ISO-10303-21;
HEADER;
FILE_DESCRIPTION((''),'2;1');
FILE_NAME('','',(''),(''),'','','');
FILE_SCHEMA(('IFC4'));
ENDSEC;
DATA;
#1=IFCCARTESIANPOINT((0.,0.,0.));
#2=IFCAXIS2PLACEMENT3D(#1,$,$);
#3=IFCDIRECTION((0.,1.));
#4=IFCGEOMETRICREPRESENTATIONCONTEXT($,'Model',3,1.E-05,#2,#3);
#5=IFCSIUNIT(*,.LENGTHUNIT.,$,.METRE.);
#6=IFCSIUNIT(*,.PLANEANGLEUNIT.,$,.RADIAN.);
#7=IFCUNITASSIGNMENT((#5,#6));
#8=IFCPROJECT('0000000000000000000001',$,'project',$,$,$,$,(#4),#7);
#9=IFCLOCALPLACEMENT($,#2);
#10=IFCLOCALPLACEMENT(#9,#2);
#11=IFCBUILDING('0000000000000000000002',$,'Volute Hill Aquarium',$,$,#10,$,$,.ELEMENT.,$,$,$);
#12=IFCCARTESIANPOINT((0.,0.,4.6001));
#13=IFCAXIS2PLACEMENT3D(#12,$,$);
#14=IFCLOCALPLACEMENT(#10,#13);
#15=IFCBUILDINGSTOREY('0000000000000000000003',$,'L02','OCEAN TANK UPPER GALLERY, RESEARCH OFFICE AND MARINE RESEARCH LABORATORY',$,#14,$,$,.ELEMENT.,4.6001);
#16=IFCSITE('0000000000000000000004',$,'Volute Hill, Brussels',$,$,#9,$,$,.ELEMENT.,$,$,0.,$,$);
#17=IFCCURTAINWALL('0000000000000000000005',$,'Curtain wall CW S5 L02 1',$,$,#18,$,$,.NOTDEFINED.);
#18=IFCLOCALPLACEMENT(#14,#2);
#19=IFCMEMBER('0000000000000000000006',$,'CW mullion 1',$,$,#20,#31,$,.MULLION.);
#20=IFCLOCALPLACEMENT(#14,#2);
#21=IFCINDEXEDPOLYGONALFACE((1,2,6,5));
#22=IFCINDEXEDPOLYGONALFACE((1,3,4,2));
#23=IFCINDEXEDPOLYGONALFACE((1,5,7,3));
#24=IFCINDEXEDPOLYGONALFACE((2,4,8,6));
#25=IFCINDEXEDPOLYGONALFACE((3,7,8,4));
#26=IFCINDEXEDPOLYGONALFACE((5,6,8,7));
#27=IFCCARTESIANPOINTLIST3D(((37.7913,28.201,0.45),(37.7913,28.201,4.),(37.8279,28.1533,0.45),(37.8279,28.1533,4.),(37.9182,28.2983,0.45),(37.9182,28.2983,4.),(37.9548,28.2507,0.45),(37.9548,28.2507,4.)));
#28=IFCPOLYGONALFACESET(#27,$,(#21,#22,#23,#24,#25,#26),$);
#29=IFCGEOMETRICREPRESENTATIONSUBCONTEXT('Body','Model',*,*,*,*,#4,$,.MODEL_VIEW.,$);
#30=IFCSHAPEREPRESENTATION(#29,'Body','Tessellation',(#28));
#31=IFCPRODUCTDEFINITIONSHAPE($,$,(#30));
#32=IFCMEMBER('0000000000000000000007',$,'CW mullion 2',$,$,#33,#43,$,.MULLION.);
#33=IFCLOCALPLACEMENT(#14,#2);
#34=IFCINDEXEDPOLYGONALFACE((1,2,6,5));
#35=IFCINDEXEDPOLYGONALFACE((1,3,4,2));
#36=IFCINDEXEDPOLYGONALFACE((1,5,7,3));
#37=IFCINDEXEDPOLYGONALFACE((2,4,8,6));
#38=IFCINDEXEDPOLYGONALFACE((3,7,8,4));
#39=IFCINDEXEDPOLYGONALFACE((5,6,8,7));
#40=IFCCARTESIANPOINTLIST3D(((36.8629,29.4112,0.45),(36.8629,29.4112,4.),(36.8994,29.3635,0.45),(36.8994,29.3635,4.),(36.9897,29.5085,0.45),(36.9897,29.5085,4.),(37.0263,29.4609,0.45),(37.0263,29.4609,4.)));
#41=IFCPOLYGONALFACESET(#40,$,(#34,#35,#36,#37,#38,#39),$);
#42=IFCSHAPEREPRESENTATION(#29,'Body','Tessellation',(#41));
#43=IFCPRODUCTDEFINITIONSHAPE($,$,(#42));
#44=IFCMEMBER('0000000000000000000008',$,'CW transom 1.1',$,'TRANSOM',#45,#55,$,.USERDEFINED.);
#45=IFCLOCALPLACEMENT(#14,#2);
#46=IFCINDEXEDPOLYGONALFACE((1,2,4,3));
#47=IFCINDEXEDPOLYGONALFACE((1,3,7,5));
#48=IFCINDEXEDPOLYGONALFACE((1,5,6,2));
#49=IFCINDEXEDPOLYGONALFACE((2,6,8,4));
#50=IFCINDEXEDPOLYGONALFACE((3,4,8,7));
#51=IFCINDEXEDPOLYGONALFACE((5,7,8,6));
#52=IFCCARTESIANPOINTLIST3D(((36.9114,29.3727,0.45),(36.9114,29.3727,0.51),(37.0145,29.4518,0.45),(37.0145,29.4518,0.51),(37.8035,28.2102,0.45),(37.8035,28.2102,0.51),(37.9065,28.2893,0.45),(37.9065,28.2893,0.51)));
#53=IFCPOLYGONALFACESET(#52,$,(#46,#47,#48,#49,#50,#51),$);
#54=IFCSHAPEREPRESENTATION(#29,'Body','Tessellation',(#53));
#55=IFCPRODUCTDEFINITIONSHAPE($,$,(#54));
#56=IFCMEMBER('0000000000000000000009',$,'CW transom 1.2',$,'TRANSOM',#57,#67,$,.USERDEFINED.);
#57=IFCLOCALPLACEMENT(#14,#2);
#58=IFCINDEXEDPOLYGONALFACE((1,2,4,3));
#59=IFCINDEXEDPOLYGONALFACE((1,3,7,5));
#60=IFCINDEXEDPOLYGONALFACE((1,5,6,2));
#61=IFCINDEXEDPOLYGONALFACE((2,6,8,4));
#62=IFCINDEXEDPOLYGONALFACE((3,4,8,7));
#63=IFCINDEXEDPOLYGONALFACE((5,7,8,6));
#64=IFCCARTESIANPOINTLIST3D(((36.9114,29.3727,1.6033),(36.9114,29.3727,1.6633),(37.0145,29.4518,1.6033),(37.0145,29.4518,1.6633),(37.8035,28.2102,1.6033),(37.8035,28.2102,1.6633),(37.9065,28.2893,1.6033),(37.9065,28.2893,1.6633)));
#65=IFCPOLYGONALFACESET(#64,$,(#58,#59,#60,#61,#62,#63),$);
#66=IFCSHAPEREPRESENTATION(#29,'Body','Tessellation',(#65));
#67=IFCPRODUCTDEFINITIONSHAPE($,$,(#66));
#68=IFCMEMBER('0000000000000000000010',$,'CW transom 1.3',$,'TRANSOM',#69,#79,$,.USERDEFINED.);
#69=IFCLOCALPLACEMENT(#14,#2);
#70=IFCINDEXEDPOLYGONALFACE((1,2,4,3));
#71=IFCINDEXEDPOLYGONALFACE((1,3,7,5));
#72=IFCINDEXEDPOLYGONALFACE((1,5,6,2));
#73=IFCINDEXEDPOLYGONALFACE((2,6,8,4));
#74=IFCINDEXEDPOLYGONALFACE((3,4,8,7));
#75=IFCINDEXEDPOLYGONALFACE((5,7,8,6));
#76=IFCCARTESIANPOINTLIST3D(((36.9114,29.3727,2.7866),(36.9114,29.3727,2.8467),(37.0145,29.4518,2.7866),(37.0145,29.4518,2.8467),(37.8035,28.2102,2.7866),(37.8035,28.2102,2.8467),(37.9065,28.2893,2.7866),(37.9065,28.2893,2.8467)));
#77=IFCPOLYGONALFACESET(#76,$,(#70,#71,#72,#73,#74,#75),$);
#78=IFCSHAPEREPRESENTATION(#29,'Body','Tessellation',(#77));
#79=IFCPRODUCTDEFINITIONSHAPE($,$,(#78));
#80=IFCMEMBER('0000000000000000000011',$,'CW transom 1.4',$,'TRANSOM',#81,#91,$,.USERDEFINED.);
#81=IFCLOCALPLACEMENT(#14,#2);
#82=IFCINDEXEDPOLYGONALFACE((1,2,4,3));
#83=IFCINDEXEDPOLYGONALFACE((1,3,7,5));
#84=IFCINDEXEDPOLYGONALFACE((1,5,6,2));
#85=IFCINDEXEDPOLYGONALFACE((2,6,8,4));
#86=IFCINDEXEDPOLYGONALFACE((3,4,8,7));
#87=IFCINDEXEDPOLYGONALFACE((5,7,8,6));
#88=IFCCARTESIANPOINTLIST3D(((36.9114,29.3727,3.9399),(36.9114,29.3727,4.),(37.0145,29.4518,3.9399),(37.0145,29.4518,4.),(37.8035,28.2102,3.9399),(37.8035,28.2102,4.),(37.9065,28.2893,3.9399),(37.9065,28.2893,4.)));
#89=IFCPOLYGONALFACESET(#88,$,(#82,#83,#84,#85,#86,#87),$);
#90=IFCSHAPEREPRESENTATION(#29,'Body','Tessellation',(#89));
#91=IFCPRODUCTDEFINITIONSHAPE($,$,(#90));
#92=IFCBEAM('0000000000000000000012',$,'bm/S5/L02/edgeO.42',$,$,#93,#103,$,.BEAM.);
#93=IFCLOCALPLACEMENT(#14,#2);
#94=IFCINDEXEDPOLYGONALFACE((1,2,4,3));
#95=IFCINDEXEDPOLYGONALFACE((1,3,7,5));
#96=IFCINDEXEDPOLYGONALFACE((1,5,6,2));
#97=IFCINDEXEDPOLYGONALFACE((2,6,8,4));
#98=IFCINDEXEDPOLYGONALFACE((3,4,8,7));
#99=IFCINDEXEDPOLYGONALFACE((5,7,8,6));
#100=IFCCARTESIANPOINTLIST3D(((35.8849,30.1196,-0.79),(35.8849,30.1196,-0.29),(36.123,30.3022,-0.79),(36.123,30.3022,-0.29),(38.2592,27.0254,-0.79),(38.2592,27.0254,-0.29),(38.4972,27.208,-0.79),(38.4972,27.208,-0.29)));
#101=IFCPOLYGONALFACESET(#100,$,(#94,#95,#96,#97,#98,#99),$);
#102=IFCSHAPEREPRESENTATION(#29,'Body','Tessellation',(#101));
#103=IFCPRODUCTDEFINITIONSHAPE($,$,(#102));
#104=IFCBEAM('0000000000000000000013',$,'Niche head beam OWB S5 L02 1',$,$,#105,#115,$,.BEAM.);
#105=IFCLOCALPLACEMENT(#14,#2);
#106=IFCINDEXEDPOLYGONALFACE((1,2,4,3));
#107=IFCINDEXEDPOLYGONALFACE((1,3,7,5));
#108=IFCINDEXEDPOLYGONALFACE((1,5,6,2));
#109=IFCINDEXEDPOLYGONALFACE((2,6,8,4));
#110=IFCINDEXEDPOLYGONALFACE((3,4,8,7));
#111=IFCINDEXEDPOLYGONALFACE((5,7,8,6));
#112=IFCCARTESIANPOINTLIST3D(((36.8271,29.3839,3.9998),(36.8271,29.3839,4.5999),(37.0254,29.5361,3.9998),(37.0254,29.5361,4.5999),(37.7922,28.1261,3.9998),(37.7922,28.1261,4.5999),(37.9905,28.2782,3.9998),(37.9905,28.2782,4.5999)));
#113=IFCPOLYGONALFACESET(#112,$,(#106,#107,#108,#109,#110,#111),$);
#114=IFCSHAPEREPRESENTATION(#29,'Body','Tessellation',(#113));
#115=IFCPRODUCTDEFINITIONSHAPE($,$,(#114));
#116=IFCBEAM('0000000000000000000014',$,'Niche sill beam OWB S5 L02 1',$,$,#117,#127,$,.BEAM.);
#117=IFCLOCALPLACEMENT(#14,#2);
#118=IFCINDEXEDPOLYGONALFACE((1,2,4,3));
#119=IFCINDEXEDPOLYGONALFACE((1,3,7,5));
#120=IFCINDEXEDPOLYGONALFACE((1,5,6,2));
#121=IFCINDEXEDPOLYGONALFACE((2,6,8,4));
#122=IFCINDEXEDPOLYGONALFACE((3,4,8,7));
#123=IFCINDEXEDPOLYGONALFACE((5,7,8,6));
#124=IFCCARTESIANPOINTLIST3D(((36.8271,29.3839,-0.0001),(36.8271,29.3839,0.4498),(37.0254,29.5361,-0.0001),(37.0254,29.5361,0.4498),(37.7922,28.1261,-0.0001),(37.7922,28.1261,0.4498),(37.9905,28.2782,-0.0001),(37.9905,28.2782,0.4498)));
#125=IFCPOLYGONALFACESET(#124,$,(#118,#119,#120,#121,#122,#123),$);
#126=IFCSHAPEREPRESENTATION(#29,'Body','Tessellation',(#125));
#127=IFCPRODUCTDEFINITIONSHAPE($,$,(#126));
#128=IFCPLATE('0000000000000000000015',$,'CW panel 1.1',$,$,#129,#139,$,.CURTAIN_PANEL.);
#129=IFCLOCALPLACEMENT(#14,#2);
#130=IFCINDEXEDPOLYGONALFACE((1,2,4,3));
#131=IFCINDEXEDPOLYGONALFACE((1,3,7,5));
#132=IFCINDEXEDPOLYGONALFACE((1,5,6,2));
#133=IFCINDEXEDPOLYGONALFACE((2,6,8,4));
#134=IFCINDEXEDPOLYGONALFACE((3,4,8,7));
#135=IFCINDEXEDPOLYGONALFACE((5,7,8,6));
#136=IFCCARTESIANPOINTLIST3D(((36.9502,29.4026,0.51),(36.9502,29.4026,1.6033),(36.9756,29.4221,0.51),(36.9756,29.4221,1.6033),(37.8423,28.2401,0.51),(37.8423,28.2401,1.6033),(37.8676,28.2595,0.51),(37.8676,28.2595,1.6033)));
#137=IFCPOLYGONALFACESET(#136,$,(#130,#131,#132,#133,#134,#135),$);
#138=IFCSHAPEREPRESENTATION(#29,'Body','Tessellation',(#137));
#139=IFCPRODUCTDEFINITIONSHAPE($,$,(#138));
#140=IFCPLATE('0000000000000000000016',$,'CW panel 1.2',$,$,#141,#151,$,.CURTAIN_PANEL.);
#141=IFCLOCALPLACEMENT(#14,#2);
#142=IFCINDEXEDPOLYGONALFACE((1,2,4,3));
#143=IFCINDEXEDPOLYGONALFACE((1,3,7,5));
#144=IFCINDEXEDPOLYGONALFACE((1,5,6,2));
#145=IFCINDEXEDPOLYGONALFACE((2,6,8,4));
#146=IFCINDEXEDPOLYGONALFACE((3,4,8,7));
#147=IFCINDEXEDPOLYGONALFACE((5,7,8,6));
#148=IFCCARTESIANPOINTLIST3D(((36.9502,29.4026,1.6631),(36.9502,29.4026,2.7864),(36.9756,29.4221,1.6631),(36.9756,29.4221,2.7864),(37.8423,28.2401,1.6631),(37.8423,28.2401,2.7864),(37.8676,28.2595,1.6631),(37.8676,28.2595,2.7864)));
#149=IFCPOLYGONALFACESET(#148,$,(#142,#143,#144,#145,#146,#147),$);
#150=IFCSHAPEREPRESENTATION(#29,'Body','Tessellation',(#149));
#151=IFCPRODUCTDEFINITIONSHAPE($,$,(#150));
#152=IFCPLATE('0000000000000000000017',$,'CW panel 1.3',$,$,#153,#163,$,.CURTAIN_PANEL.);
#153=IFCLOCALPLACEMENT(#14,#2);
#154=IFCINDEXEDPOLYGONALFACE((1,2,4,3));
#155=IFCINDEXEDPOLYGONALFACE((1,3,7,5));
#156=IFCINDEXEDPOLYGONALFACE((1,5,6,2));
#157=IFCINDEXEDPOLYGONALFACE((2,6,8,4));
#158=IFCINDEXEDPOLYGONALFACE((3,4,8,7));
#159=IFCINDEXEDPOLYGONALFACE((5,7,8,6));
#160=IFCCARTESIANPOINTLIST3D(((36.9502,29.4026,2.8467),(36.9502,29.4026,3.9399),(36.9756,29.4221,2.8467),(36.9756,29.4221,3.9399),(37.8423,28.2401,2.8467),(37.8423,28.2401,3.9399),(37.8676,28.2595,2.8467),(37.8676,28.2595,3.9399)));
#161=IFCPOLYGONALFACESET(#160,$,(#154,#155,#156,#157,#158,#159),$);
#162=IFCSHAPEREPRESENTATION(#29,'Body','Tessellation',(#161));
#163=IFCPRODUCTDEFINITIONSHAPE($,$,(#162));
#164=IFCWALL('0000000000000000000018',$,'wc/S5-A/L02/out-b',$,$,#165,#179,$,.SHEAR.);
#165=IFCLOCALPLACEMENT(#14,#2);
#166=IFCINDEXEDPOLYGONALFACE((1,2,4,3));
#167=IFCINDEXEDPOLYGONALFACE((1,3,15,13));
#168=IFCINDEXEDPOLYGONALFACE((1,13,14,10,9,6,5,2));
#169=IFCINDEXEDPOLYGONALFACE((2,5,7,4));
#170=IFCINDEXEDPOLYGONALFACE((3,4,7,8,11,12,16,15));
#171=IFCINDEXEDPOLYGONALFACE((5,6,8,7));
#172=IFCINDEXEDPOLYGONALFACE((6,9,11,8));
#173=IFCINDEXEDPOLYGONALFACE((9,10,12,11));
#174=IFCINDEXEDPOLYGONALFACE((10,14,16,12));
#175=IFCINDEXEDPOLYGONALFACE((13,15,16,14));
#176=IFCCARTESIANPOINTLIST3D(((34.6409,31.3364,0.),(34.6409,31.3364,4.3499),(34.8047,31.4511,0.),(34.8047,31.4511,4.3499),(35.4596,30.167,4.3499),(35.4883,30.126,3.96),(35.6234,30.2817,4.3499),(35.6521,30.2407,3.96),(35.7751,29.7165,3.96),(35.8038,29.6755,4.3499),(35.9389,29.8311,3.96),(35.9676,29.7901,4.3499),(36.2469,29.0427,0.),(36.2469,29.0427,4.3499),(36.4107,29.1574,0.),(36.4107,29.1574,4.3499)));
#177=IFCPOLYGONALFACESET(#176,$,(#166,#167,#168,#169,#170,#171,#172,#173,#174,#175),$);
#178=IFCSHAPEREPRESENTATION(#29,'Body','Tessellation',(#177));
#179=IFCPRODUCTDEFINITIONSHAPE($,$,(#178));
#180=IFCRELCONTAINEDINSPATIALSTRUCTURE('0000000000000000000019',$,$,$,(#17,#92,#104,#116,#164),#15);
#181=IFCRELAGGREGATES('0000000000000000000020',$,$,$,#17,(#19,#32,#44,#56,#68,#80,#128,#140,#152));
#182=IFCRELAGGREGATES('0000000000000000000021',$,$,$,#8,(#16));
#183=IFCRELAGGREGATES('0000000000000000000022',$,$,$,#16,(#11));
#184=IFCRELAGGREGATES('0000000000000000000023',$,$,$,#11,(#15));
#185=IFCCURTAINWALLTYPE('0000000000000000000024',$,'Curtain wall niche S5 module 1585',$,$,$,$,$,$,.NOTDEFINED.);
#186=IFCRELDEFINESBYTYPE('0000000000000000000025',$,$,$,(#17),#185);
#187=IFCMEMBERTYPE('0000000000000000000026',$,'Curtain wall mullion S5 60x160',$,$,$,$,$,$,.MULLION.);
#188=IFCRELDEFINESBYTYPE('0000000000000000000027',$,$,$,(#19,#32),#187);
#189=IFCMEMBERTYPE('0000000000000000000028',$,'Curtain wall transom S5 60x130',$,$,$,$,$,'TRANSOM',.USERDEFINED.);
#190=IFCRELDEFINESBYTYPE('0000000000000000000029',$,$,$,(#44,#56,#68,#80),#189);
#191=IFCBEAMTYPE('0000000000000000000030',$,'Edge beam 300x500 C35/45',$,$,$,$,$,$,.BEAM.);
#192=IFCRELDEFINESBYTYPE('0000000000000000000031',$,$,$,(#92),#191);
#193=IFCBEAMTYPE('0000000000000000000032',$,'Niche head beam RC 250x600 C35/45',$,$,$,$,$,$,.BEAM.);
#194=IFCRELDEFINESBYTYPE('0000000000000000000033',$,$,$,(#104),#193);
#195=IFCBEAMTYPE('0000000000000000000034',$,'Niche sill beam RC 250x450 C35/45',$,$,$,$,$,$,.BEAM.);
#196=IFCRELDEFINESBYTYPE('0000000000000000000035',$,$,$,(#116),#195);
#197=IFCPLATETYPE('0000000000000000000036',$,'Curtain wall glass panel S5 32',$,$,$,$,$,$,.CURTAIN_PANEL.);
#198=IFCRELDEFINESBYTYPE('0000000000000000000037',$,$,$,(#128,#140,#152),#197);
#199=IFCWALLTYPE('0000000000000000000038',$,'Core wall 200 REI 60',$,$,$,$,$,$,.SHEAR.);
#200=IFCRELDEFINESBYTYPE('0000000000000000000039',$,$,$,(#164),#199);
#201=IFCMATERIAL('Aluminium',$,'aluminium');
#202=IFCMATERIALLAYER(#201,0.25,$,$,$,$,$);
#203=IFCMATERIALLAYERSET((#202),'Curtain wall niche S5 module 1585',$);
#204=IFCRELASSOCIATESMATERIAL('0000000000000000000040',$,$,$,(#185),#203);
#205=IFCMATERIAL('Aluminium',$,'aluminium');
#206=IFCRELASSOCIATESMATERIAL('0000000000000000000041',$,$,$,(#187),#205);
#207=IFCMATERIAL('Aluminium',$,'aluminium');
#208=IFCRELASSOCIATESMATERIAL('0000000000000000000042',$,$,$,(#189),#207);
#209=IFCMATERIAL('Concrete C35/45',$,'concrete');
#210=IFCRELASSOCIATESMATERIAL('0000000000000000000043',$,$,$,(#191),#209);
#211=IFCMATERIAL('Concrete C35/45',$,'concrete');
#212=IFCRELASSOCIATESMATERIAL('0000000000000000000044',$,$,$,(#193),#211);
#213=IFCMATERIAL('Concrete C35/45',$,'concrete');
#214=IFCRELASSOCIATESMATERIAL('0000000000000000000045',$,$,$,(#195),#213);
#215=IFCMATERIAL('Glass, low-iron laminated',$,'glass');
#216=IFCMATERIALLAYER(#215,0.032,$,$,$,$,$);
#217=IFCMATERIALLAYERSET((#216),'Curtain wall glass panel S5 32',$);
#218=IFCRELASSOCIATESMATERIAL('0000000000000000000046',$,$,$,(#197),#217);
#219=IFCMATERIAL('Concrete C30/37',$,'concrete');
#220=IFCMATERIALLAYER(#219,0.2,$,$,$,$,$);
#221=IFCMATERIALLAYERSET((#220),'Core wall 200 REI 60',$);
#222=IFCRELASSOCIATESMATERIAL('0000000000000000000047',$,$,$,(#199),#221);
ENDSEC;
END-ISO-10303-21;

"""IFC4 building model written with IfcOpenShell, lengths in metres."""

from ifc_helpers import new_model, si_unit, direction, frame, origin, origin_2d, place, context, subcontext, project, spatial, polyline, rectangle, outline, extrude, material, layer, layer_set, material_profile, profile_set, type_object, element, aggregate, save


model = new_model("IFC4")

# Units and contexts
model_context = context("Model", 3, precision=1e-05, world=origin(), true_north=direction((0.0, 1.0)))
body_context = subcontext(model_context, "Body", "Model", "MODEL_VIEW")
ifc_project = project(units=[si_unit("LENGTHUNIT", "METRE"), si_unit("PLANEANGLEUNIT", "RADIAN")], contexts=[model_context])

# Site, building, storey
site_placement = place(None, origin())
site = spatial("IfcSite", under=ifc_project, at=site_placement, Name="Volute Hill, Brussels", CompositionType="ELEMENT", RefElevation=0.0)
building_placement = place(site_placement, origin())
building = spatial("IfcBuilding", under=site, at=building_placement, Name="Volute Hill Aquarium", CompositionType="ELEMENT")
storey_placement = place(building_placement, frame((0.0, 0.0, 4.6001)))
storey = spatial("IfcBuildingStorey", under=building, at=storey_placement, Name="L02", Description="OCEAN TANK UPPER GALLERY, RESEARCH OFFICE AND MARINE RESEARCH LABORATORY", CompositionType="ELEMENT", Elevation=4.6001)

# Curtain wall, members
ifc_material_1 = material(Name="Aluminium", Category="aluminium")
ifc_layer_1 = layer(ifc_material_1, 0.25)
ifc_layer_set_1 = layer_set([ifc_layer_1], Name="Curtain wall niche S5 module 1585")
curtain_wall_type = type_object("IfcCurtainWallType", Name="Curtain wall niche S5 module 1585", PredefinedType="NOTDEFINED", material=ifc_layer_set_1)
curtain_wall_placement = place(storey_placement, origin())
curtain_wall = element("IfcCurtainWall", 1, at=curtain_wall_placement, inside=storey, type_object=curtain_wall_type, Name="Curtain wall CW S5 L02 1", PredefinedType="NOTDEFINED")
ifc_material_2 = material(Name="Aluminium", Category="aluminium")
ifc_material_profile_1 = material_profile(ifc_material_2, rectangle(XDim=0.1599, YDim=0.0601, at=origin_2d()), Name="Curtain wall mullion S5 60x160")
ifc_profile_set_1 = profile_set([ifc_material_profile_1], Name="Aluminium")
member_type_1 = type_object("IfcMemberType", Name="Curtain wall mullion S5 60x160", PredefinedType="MULLION", material=ifc_profile_set_1)
member_1_placement = place(storey_placement, frame((37.873, 28.2258, 0.45), z_axis=(0.0, 0.0, 1.0), x_axis=(-0.793361, -0.608752, 0.0)))
member_1 = element("IfcMember", 2, at=member_1_placement, type_object=member_type_1, Name="CW mullion 1", PredefinedType="MULLION", context=body_context, shape_type="SweptSolid", body=[
    extrude(rectangle(XDim=0.1599, YDim=0.0601, at=origin_2d()), origin(), (0.0, 0.0, 1.0), 3.55),
])
member_2_placement = place(storey_placement, frame((36.9446, 29.436, 0.45), z_axis=(0.0, 0.0, 1.0), x_axis=(-0.793361, -0.608752, 0.0)))
member_2 = element("IfcMember", 3, at=member_2_placement, type_object=member_type_1, Name="CW mullion 2", PredefinedType="MULLION", context=body_context, shape_type="SweptSolid", body=[
    extrude(rectangle(XDim=0.1599, YDim=0.0601, at=origin_2d()), origin(), (0.0, 0.0, 1.0), 3.55),
])
ifc_material_3 = material(Name="Aluminium", Category="aluminium")
ifc_material_profile_2 = material_profile(ifc_material_3, rectangle(XDim=0.1299, YDim=0.0601, at=origin_2d()), Name="Curtain wall transom S5 60x130")
ifc_profile_set_2 = profile_set([ifc_material_profile_2], Name="Aluminium")
member_type_2 = type_object("IfcMemberType", Name="Curtain wall transom S5 60x130", ElementType="TRANSOM", PredefinedType="USERDEFINED", material=ifc_profile_set_2)
member_3_placement = place(storey_placement, frame((37.855, 28.2498, 0.48), z_axis=(-0.60876, 0.793354, 0.0), x_axis=(-0.793354, -0.60876, 0.0)))
member_3 = element("IfcMember", 4, at=member_3_placement, type_object=member_type_2, Name="CW transom 1.1", ObjectType="TRANSOM", PredefinedType="USERDEFINED", context=body_context, shape_type="SweptSolid", body=[
    extrude(rectangle(XDim=0.1299, YDim=0.0601, at=origin_2d()), origin(), (0.0, 0.0, 1.0), 1.4653),
])
member_4_placement = place(storey_placement, frame((37.855, 28.2498, 1.6333), z_axis=(-0.60876, 0.793354, 0.0), x_axis=(-0.793354, -0.60876, 0.0)))
member_4 = element("IfcMember", 5, at=member_4_placement, type_object=member_type_2, Name="CW transom 1.2", ObjectType="TRANSOM", PredefinedType="USERDEFINED", context=body_context, shape_type="SweptSolid", body=[
    extrude(rectangle(XDim=0.1299, YDim=0.0601, at=origin_2d()), origin(), (0.0, 0.0, 1.0), 1.4653),
])
member_5_placement = place(storey_placement, frame((37.855, 28.2498, 2.8167), z_axis=(-0.60876, 0.793354, 0.0), x_axis=(-0.793354, -0.60876, 0.0)))
member_5 = element("IfcMember", 6, at=member_5_placement, type_object=member_type_2, Name="CW transom 1.3", ObjectType="TRANSOM", PredefinedType="USERDEFINED", context=body_context, shape_type="SweptSolid", body=[
    extrude(rectangle(XDim=0.1299, YDim=0.0601, at=origin_2d()), origin(), (0.0, 0.0, 1.0), 1.4653),
])
member_6_placement = place(storey_placement, frame((37.855, 28.2498, 3.97), z_axis=(-0.60876, 0.793354, 0.0), x_axis=(-0.793354, -0.60876, 0.0)))
member_6 = element("IfcMember", 7, at=member_6_placement, type_object=member_type_2, Name="CW transom 1.4", ObjectType="TRANSOM", PredefinedType="USERDEFINED", context=body_context, shape_type="SweptSolid", body=[
    extrude(rectangle(XDim=0.1299, YDim=0.0601, at=origin_2d()), origin(), (0.0, 0.0, 1.0), 1.4653),
])

# Beams
ifc_material_4 = material(Name="Concrete C35/45", Category="concrete")
ifc_material_profile_3 = material_profile(ifc_material_4, rectangle(XDim=0.3, YDim=0.5, at=origin_2d()), Name="RC edge beam 300x500")
ifc_profile_set_3 = profile_set([ifc_material_profile_3], Name="Concrete C35/45")
beam_type_1 = type_object("IfcBeamType", Name="Edge beam 300x500 C35/45", PredefinedType="BEAM", material=ifc_profile_set_3)
beam_1_placement = place(storey_placement, frame((38.3782, 27.1167, -0.54), z_axis=(-0.608757, 0.793356, 0.0), x_axis=(-0.793356, -0.608757, 0.0)))
element("IfcBeam", 8, at=beam_1_placement, inside=storey, type_object=beam_type_1, Name="bm/S5/L02/edgeO.42", PredefinedType="BEAM", context=body_context, shape_type="SweptSolid", body=[
    extrude(rectangle(XDim=0.3, YDim=0.5, at=origin_2d()), origin(), (0.0, 0.0, 1.0), 3.9001),
])
ifc_material_5 = material(Name="Concrete C35/45", Category="concrete")
ifc_material_profile_4 = material_profile(ifc_material_5, rectangle(XDim=0.25, YDim=0.6001, at=origin_2d()), Name="RC beam 250x600")
ifc_profile_set_4 = profile_set([ifc_material_profile_4], Name="Concrete C35/45")
beam_type_2 = type_object("IfcBeamType", Name="Niche head beam RC 250x600 C35/45", PredefinedType="BEAM", material=ifc_profile_set_4)
beam_2_placement = place(storey_placement, frame((37.8914, 28.2021, 4.2998), z_axis=(-0.608735, 0.793373, 0.0), x_axis=(-0.793373, -0.608735, 0.0)))
element("IfcBeam", 9, at=beam_2_placement, inside=storey, type_object=beam_type_2, Name="Niche head beam OWB S5 L02 1", PredefinedType="BEAM", context=body_context, shape_type="SweptSolid", body=[
    extrude(rectangle(XDim=0.25, YDim=0.6001, at=origin_2d()), origin(), (0.0, 0.0, 1.0), 1.5854),
])
ifc_material_6 = material(Name="Concrete C35/45", Category="concrete")
ifc_material_profile_5 = material_profile(ifc_material_6, rectangle(XDim=0.25, YDim=0.45, at=origin_2d()), Name="RC beam 250x450")
ifc_profile_set_5 = profile_set([ifc_material_profile_5], Name="Concrete C35/45")
beam_type_3 = type_object("IfcBeamType", Name="Niche sill beam RC 250x450 C35/45", PredefinedType="BEAM", material=ifc_profile_set_5)
beam_3_placement = place(storey_placement, frame((37.8914, 28.2021, 0.2249), z_axis=(-0.608735, 0.793373, 0.0), x_axis=(-0.793373, -0.608735, 0.0)))
element("IfcBeam", 10, at=beam_3_placement, inside=storey, type_object=beam_type_3, Name="Niche sill beam OWB S5 L02 1", PredefinedType="BEAM", context=body_context, shape_type="SweptSolid", body=[
    extrude(rectangle(XDim=0.25, YDim=0.45, at=origin_2d()), origin(), (0.0, 0.0, 1.0), 1.5854),
])

# Plates
ifc_material_7 = material(Name="Glass, low-iron laminated", Category="glass")
ifc_layer_2 = layer(ifc_material_7, 0.032)
ifc_layer_set_2 = layer_set([ifc_layer_2], Name="Curtain wall glass panel S5 32")
plate_type = type_object("IfcPlateType", Name="Curtain wall glass panel S5 32", PredefinedType="CURTAIN_PANEL", material=ifc_layer_set_2)
plate_1_placement = place(storey_placement, frame((37.4089, 28.8311, 0.51), z_axis=(0.0, 0.0, 1.0), x_axis=(-0.608752, 0.793361, 0.0)))
plate_1 = element("IfcPlate", 11, at=plate_1_placement, type_object=plate_type, Name="CW panel 1.1", PredefinedType="CURTAIN_PANEL", context=body_context, shape_type="SweptSolid", body=[
    extrude(rectangle(XDim=1.4653, YDim=0.032, at=origin_2d()), origin(), (0.0, 0.0, 1.0), 1.0933),
])
plate_2_placement = place(storey_placement, frame((37.4089, 28.8311, 1.6631), z_axis=(0.0, 0.0, 1.0), x_axis=(-0.608752, 0.793361, 0.0)))
plate_2 = element("IfcPlate", 12, at=plate_2_placement, type_object=plate_type, Name="CW panel 1.2", PredefinedType="CURTAIN_PANEL", context=body_context, shape_type="SweptSolid", body=[
    extrude(rectangle(XDim=1.4653, YDim=0.032, at=origin_2d()), origin(), (0.0, 0.0, 1.0), 1.1233),
])
plate_3_placement = place(storey_placement, frame((37.4089, 28.8311, 2.8467), z_axis=(0.0, 0.0, 1.0), x_axis=(-0.608752, 0.793361, 0.0)))
plate_3 = element("IfcPlate", 13, at=plate_3_placement, type_object=plate_type, Name="CW panel 1.3", PredefinedType="CURTAIN_PANEL", context=body_context, shape_type="SweptSolid", body=[
    extrude(rectangle(XDim=1.4653, YDim=0.032, at=origin_2d()), origin(), (0.0, 0.0, 1.0), 1.0933),
])
aggregate(curtain_wall, [member_1, member_2, member_3, member_4, member_5, member_6, plate_1, plate_2, plate_3])

# Wall
ifc_material_8 = material(Name="Concrete C30/37", Category="concrete")
ifc_layer_3 = layer(ifc_material_8, 0.2)
ifc_layer_set_3 = layer_set([ifc_layer_3], Name="Core wall 200 REI 60")
wall_type_1 = type_object("IfcWallType", Name="Core wall 200 REI 60", PredefinedType="SHEAR", material=ifc_layer_set_3)
wall_1_placement = place(storey_placement, frame((36.3289, 29.1001, 0.0), z_axis=(0.0, 0.0, 1.0), x_axis=(-0.57355, 0.81917, 0.0)))
element("IfcWall", 14, at=wall_1_placement, inside=storey, type_object=wall_type_1, Name="wc/S5-A/L02/out-b", PredefinedType="SHEAR", context=body_context, shape_type="SweptSolid", body=[
    extrude(outline(polyline([(0.0, 0.0), (2.8, 0.0), (2.8, 4.3499), (1.3726, 4.3499), (1.3225, 3.96), (0.8225, 3.96), (0.7725, 4.3499), (0.0, 4.3499), (0.0, 0.0)])), frame((0.0, 0.1001, 0.0), z_axis=(0.0, -1.0, 0.0), x_axis=(1.0, 0.0, 0.0)), (0.0, 0.0, 1.0), 0.2),
])

save(model, "model.ifc")
